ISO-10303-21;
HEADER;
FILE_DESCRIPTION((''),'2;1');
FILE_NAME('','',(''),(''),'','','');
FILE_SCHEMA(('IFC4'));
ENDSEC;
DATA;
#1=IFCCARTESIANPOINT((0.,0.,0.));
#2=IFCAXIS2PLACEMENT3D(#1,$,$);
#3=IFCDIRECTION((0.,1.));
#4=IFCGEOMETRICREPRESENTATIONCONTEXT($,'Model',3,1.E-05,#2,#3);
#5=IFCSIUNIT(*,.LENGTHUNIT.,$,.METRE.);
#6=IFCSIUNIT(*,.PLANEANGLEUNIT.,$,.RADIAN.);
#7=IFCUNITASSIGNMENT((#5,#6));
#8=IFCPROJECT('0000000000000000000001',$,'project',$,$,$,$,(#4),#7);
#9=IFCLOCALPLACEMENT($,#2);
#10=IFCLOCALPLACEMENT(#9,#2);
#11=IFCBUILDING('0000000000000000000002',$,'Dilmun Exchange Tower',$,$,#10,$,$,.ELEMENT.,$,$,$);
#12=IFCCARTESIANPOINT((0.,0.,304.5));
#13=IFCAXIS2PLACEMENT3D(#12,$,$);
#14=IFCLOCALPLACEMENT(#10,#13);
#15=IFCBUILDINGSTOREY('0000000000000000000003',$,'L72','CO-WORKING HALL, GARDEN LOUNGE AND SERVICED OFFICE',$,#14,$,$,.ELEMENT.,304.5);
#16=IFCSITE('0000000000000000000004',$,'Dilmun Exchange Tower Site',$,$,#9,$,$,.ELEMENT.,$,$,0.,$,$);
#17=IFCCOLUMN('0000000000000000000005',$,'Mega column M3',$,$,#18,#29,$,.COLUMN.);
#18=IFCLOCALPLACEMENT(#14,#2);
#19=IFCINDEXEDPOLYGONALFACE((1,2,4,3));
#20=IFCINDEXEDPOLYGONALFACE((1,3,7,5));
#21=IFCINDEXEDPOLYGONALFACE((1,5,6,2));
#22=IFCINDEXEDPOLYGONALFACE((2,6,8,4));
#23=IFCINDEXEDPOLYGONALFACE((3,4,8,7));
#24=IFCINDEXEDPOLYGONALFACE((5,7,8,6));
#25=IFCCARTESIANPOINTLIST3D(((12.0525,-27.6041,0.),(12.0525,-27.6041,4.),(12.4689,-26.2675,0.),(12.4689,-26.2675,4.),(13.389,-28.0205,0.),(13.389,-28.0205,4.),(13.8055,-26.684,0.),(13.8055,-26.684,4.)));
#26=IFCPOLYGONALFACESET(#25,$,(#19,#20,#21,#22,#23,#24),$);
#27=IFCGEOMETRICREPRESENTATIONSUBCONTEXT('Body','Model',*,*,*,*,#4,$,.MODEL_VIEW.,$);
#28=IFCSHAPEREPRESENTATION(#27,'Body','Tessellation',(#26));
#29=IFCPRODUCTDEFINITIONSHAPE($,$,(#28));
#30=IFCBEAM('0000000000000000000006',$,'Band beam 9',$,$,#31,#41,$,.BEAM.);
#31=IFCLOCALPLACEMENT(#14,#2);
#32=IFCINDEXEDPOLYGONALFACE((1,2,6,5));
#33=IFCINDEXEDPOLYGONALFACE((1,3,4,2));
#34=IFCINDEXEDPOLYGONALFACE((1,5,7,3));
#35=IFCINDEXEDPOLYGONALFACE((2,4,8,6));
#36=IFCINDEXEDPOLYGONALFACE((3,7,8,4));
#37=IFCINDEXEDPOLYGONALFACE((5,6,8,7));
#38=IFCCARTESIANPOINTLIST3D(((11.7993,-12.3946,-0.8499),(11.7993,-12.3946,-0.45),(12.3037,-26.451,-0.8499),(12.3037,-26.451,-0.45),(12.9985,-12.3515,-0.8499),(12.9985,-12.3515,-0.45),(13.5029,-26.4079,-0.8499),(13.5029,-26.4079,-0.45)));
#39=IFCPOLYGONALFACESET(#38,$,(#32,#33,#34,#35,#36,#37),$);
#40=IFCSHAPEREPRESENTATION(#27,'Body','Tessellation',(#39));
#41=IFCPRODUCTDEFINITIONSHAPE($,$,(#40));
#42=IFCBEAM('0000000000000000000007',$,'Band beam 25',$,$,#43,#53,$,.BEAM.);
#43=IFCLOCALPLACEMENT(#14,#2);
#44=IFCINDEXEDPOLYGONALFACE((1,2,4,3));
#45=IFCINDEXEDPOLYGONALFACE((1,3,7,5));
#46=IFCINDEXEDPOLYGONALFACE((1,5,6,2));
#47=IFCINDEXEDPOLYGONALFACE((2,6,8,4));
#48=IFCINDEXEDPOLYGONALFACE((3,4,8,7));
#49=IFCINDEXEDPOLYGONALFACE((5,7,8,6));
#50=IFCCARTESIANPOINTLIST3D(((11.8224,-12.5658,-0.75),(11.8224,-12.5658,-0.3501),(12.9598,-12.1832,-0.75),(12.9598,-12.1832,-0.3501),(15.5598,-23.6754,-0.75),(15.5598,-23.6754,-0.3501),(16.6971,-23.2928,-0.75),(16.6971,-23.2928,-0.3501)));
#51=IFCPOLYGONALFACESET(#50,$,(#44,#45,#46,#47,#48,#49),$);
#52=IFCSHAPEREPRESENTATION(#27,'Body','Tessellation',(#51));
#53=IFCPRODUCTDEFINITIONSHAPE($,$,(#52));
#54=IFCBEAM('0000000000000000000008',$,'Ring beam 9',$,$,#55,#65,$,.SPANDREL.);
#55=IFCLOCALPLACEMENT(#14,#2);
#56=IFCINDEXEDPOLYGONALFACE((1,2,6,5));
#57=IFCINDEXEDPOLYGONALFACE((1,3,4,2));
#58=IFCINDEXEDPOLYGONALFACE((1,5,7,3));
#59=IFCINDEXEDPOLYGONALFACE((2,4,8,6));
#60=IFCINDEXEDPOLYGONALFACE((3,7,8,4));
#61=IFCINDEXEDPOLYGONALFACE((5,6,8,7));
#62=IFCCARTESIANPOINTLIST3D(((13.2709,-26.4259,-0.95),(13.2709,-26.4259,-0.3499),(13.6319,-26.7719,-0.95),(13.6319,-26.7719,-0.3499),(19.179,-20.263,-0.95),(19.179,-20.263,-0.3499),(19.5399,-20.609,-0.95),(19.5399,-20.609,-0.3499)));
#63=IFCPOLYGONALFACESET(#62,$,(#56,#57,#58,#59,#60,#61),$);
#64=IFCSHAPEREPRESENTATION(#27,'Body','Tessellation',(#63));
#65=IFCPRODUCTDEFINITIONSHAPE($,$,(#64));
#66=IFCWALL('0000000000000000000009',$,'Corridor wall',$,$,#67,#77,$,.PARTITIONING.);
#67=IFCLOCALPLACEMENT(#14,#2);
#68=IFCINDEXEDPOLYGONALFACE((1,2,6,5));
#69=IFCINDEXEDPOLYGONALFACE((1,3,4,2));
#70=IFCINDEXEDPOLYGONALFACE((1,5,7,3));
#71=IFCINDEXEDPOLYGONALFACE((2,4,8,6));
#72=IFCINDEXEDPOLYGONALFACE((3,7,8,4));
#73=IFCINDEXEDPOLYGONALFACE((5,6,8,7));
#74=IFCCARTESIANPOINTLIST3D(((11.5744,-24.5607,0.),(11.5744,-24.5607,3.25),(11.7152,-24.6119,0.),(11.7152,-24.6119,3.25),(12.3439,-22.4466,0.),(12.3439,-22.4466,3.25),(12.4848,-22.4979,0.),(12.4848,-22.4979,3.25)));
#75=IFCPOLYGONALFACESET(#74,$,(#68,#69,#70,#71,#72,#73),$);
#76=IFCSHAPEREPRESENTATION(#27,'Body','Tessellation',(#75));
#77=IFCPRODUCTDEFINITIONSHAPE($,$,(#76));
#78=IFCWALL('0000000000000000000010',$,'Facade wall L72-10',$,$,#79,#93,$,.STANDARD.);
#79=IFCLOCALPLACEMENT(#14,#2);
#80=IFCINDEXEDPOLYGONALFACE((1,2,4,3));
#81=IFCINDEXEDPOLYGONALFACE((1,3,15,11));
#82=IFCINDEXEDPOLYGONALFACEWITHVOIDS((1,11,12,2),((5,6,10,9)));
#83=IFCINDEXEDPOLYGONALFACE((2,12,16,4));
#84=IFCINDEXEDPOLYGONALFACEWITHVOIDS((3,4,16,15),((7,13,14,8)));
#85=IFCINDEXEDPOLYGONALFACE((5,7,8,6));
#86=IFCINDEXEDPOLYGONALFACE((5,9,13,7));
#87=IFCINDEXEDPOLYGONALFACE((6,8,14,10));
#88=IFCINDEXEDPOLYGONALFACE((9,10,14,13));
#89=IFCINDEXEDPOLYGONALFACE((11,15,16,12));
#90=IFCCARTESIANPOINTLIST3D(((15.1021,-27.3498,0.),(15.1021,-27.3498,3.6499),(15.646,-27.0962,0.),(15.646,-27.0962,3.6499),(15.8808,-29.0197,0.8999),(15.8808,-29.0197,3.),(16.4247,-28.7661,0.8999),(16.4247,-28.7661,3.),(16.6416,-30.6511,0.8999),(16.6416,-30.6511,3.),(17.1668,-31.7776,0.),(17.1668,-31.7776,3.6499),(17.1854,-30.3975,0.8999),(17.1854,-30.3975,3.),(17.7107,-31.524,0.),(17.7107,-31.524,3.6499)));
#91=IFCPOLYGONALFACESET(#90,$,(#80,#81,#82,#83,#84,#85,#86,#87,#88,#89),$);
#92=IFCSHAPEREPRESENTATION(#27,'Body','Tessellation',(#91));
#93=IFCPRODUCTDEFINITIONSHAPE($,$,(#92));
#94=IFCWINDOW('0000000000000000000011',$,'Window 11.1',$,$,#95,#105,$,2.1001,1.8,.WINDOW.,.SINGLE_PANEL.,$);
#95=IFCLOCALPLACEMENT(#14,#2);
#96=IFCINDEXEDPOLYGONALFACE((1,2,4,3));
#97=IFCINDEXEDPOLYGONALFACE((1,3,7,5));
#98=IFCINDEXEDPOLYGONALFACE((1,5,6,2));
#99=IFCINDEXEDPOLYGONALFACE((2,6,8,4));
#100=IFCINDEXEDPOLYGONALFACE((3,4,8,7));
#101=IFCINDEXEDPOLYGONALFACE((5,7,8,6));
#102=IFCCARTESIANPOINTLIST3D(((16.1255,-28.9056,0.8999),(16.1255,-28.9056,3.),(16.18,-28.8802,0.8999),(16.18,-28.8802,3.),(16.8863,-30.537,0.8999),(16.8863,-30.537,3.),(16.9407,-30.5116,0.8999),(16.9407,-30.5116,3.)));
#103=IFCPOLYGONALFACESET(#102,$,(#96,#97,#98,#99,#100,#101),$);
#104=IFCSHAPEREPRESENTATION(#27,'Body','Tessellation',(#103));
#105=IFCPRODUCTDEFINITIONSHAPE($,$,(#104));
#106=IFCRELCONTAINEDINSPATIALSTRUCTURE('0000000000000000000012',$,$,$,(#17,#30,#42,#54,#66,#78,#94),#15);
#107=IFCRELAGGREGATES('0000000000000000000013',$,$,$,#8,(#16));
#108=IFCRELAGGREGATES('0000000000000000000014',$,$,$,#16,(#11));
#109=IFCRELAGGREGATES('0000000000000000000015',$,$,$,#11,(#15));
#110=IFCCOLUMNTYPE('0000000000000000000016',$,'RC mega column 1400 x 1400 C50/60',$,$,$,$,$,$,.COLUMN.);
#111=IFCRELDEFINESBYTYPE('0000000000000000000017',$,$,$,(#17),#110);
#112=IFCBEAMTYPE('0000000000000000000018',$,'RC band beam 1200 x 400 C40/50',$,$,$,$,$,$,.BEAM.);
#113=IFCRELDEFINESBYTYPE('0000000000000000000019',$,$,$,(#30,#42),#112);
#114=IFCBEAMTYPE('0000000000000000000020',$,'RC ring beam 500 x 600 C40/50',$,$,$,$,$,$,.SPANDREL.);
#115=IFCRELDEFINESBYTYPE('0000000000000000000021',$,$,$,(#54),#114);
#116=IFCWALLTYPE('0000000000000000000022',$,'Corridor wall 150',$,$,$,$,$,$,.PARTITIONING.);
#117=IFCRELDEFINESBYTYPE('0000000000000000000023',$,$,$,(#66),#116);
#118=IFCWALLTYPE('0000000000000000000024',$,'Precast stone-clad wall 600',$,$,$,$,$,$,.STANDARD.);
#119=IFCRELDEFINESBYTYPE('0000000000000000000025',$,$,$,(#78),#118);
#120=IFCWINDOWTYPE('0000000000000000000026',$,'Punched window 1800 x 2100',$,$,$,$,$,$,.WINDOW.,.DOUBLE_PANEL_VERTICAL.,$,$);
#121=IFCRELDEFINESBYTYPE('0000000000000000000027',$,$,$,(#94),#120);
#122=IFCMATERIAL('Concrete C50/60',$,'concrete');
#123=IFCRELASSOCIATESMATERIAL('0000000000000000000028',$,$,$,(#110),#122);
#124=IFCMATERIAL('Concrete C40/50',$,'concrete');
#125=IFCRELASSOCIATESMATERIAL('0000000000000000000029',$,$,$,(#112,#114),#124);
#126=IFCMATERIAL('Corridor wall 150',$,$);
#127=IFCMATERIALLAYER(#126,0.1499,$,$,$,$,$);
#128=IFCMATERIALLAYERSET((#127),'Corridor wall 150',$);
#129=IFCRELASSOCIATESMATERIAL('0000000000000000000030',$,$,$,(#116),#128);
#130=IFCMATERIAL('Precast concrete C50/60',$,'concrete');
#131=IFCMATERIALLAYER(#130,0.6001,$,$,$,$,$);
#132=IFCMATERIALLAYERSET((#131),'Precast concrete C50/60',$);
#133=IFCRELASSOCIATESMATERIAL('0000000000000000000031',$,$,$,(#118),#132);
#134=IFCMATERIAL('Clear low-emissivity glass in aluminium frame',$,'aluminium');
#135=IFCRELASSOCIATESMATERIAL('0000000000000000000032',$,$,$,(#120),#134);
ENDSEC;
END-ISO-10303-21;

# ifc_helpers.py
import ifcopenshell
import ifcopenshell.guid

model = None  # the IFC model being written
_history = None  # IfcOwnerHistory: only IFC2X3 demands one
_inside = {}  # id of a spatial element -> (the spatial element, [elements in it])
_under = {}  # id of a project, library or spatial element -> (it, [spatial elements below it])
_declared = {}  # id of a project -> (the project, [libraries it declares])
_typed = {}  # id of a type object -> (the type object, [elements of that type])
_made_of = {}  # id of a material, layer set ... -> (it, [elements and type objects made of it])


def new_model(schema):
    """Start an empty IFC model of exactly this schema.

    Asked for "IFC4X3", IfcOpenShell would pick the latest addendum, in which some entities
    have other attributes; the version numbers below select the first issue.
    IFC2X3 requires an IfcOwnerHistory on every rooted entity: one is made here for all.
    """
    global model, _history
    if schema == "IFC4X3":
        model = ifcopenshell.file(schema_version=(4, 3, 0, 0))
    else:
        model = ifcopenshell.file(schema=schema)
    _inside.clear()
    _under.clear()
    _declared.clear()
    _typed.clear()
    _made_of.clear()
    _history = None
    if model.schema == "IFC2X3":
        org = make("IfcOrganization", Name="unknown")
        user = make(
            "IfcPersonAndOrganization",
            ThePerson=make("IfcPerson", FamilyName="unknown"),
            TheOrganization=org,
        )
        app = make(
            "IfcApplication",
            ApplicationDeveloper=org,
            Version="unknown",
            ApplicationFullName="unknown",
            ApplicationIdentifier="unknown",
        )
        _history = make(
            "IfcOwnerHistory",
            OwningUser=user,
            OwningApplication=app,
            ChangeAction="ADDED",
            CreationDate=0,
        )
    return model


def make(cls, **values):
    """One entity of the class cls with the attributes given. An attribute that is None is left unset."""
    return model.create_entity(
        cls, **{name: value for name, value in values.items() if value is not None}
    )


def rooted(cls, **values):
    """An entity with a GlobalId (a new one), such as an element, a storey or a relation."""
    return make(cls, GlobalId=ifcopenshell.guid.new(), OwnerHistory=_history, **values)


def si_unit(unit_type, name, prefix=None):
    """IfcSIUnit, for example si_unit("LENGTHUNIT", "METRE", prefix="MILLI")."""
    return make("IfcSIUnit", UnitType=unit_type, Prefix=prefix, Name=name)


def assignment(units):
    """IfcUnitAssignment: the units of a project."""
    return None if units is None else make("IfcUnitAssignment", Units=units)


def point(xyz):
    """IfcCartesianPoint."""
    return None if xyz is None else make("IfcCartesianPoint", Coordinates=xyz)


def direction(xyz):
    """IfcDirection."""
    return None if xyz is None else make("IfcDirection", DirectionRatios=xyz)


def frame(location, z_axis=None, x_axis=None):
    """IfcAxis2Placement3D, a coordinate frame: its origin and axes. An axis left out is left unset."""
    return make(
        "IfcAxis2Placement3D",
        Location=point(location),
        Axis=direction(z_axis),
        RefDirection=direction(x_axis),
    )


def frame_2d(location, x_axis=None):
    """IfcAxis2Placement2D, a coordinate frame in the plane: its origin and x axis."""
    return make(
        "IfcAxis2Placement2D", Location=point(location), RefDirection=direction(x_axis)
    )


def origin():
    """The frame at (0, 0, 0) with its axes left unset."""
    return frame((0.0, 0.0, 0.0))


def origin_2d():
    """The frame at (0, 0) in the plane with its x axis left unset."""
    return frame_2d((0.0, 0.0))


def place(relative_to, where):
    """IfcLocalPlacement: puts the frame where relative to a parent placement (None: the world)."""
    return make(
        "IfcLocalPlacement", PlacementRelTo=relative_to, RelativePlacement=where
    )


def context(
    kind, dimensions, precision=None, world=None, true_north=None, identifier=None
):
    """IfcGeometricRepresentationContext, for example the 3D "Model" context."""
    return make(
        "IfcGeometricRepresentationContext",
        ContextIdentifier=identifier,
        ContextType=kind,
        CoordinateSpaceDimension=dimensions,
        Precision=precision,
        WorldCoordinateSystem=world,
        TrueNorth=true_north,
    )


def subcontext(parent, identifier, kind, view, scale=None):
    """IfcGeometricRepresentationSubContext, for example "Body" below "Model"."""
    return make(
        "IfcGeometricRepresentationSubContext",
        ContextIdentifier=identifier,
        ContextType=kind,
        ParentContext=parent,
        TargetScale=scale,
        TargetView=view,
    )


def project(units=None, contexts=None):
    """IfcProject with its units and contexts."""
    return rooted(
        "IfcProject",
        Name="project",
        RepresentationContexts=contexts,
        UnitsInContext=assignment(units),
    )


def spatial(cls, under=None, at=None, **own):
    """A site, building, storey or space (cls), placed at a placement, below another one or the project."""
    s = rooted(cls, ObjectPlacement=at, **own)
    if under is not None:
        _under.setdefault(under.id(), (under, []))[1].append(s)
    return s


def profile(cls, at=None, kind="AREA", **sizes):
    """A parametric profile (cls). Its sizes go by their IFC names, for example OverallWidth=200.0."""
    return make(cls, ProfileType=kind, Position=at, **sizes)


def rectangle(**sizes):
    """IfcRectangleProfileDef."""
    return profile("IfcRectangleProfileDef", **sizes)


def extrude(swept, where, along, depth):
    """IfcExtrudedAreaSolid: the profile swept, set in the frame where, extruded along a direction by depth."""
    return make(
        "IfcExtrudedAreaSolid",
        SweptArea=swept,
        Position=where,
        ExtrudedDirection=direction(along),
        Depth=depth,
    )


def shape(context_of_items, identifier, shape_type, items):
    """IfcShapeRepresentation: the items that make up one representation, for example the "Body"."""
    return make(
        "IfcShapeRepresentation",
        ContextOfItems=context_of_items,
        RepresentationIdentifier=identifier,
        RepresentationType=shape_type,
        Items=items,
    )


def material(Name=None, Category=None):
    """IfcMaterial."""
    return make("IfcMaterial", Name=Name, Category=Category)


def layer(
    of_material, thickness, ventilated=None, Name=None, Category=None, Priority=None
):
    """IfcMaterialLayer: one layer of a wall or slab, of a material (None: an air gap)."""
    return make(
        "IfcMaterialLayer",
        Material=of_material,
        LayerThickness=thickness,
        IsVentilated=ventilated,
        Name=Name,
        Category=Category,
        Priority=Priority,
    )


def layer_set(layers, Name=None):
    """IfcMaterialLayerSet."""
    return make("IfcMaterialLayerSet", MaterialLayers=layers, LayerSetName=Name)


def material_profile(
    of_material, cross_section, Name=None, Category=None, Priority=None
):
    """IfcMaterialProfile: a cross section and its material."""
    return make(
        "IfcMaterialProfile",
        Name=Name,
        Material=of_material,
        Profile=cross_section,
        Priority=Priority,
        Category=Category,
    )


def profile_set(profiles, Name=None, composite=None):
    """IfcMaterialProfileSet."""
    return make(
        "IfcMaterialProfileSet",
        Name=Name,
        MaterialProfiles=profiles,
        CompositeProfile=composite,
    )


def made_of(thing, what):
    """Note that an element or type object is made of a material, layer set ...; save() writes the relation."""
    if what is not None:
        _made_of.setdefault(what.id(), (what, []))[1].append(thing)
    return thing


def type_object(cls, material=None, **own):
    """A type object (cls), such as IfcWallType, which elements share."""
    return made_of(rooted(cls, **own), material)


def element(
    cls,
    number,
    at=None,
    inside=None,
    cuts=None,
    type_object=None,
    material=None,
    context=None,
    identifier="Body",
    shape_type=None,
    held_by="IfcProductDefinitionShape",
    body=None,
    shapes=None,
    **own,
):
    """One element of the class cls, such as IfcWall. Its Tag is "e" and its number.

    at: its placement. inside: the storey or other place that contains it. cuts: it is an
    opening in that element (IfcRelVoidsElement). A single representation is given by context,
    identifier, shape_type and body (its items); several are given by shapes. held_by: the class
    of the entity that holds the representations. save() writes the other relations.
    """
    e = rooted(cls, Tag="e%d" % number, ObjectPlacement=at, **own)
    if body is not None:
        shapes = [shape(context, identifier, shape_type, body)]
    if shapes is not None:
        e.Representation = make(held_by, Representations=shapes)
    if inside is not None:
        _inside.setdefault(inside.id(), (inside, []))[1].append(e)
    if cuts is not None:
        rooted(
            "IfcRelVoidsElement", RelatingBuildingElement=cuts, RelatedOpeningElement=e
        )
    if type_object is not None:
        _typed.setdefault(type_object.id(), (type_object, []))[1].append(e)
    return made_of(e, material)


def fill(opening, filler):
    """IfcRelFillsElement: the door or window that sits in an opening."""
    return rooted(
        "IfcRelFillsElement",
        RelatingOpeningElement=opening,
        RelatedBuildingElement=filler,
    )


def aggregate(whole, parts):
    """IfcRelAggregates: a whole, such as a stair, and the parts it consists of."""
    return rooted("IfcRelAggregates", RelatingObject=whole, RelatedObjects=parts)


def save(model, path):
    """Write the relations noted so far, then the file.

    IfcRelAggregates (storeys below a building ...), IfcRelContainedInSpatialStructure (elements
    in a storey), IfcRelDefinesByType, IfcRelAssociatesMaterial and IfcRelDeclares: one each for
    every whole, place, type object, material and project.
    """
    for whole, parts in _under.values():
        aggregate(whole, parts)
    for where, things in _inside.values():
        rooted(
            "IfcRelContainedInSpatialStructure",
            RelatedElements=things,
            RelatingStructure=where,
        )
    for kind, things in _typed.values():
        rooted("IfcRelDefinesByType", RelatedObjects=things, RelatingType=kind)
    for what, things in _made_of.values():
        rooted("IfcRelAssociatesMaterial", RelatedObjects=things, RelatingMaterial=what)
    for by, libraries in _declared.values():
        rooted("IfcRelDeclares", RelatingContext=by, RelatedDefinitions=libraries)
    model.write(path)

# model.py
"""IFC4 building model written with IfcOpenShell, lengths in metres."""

from ifc_helpers import new_model, si_unit, direction, frame, frame_2d, origin, origin_2d, place, context, subcontext, project, spatial, rectangle, extrude, material, layer, layer_set, material_profile, profile_set, type_object, element, fill, save


model = new_model("IFC4")

# Units and contexts
model_context = context("Model", 3, precision=1e-05, world=origin(), true_north=direction((0.0, 1.0)))
body_context = subcontext(model_context, "Body", "Model", "MODEL_VIEW")
ifc_project = project(units=[si_unit("LENGTHUNIT", "METRE"), si_unit("PLANEANGLEUNIT", "RADIAN")], contexts=[model_context])

# Site, building, storey
site_placement = place(None, origin())
site = spatial("IfcSite", under=ifc_project, at=site_placement, Name="Dilmun Exchange Tower Site", CompositionType="ELEMENT", RefElevation=0.0)
building_placement = place(site_placement, origin())
building = spatial("IfcBuilding", under=site, at=building_placement, Name="Dilmun Exchange Tower", CompositionType="ELEMENT")
storey_placement = place(building_placement, frame((0.0, 0.0, 304.5)))
storey = spatial("IfcBuildingStorey", under=building, at=storey_placement, Name="L72", Description="CO-WORKING HALL, GARDEN LOUNGE AND SERVICED OFFICE", CompositionType="ELEMENT", Elevation=304.5)

# Column
ifc_material_1 = material(Name="Concrete C50/60", Category="concrete")
ifc_material_profile_1 = material_profile(ifc_material_1, rectangle(XDim=1.3999, YDim=1.3999, at=origin_2d()), Name="1400 x 1400")
ifc_profile_set_1 = profile_set([ifc_material_profile_1], Name="Concrete C50/60")
column_type = type_object("IfcColumnType", Name="RC mega column 1400 x 1400 C50/60", PredefinedType="COLUMN", material=ifc_profile_set_1)
column_placement = place(storey_placement, frame((12.929, -27.144, 0.0), z_axis=(0.0, 0.0, 1.0), x_axis=(0.297503, 0.954721, 0.0)))
element("IfcColumn", 1, at=column_placement, inside=storey, type_object=column_type, Name="Mega column M3", PredefinedType="COLUMN", context=body_context, shape_type="SweptSolid", body=[
    extrude(rectangle(XDim=1.3999, YDim=1.3999, at=origin_2d()), origin(), (0.0, 0.0, 1.0), 4.0),
])

# Beams
ifc_material_2 = material(Name="Concrete C40/50", Category="concrete")
ifc_material_profile_2 = material_profile(ifc_material_2, rectangle(XDim=1.2, YDim=0.3999, at=origin_2d()), Name="1200 x 400")
ifc_profile_set_2 = profile_set([ifc_material_profile_2], Name="Concrete C40/50")
beam_type_1 = type_object("IfcBeamType", Name="RC band beam 1200 x 400 C40/50", PredefinedType="BEAM", material=ifc_profile_set_2)
beam_1_placement = place(storey_placement, frame((12.9033, -26.4294, -0.6499), z_axis=(-0.035861, 0.999357, 0.0), x_axis=(-0.999357, -0.035861, 0.0)))
element("IfcBeam", 2, at=beam_1_placement, inside=storey, type_object=beam_type_1, Name="Band beam 9", PredefinedType="BEAM", context=body_context, shape_type="SweptSolid", body=[
    extrude(rectangle(XDim=1.2, YDim=0.3999, at=origin_2d()), origin(), (0.0, 0.0, 1.0), 14.0654),
])
beam_2_placement = place(storey_placement, frame((16.1284, -23.4841, -0.55), z_axis=(-0.318845, 0.947807, 0.0), x_axis=(-0.947807, -0.318845, 0.0)))
element("IfcBeam", 3, at=beam_2_placement, inside=storey, type_object=beam_type_1, Name="Band beam 25", PredefinedType="BEAM", context=body_context, shape_type="SweptSolid", body=[
    extrude(rectangle(XDim=1.2, YDim=0.3999, at=origin_2d()), origin(), (0.0, 0.0, 1.0), 11.7214),
])
ifc_material_profile_3 = material_profile(ifc_material_2, rectangle(XDim=0.5, YDim=0.6001, at=origin_2d()), Name="500 x 600")
ifc_profile_set_3 = profile_set([ifc_material_profile_3], Name="Concrete C40/50")
beam_type_2 = type_object("IfcBeamType", Name="RC ring beam 500 x 600 C40/50", PredefinedType="SPANDREL", material=ifc_profile_set_3)
beam_3_placement = place(storey_placement, frame((13.4514, -26.5989, -0.6499), z_axis=(0.692022, 0.721877, 0.0), x_axis=(-0.721877, 0.692022, 0.0)))
element("IfcBeam", 4, at=beam_3_placement, inside=storey, type_object=beam_type_2, Name="Ring beam 9", PredefinedType="SPANDREL", context=body_context, shape_type="SweptSolid", body=[
    extrude(rectangle(XDim=0.5, YDim=0.6001, at=origin_2d()), origin(), (0.0, 0.0, 1.0), 8.5374),
])

# Wall
ifc_material_3 = material(Name="Corridor wall 150")
ifc_layer_1 = layer(ifc_material_3, 0.1499)
ifc_layer_set_1 = layer_set([ifc_layer_1], Name="Corridor wall 150")
wall_type_1 = type_object("IfcWallType", Name="Corridor wall 150", PredefinedType="PARTITIONING", material=ifc_layer_set_1)
wall_1_placement = place(storey_placement, frame((11.6448, -24.5864, 0.0), z_axis=(0.0, 0.0, 1.0), x_axis=(0.342057, 0.939679, 0.0)))
element("IfcWall", 5, at=wall_1_placement, inside=storey, type_object=wall_type_1, Name="Corridor wall", PredefinedType="PARTITIONING", context=body_context, shape_type="SweptSolid", body=[
    extrude(rectangle(XDim=2.2498, YDim=0.1499, at=frame_2d((1.125, 0.0))), origin(), (0.0, 0.0, 1.0), 3.25),
])

# Wall, opening, window
ifc_material_4 = material(Name="Precast concrete C50/60", Category="concrete")
ifc_layer_2 = layer(ifc_material_4, 0.6001)
ifc_layer_set_2 = layer_set([ifc_layer_2], Name="Precast concrete C50/60")
wall_type_2 = type_object("IfcWallType", Name="Precast stone-clad wall 600", PredefinedType="STANDARD", material=ifc_layer_set_2)
wall_2_placement = place(storey_placement, frame((15.374, -27.2229, 0.0), z_axis=(0.0, 0.0, 1.0), x_axis=(0.42262, -0.906307, 0.0)))
wall_2 = element("IfcWall", 6, at=wall_2_placement, inside=storey, type_object=wall_type_2, Name="Facade wall L72-10", PredefinedType="STANDARD", context=body_context, shape_type="SweptSolid", body=[
    extrude(rectangle(XDim=4.8855, YDim=0.6001, at=frame_2d((2.4429, 0.0))), origin(), (0.0, 0.0, 1.0), 3.6499),
])
opening_1_placement = place(wall_2_placement, frame((1.8428, 0.0, 0.8999)))
opening_1 = element("IfcOpeningElement", 7, at=opening_1_placement, cuts=wall_2, PredefinedType="OPENING", context=body_context, shape_type="SweptSolid", body=[
    extrude(rectangle(XDim=1.8, YDim=2.1001, at=frame_2d((0.8999, 1.05))), frame((0.0, 0.3101, 0.0), z_axis=(0.0, -1.0, 0.0), x_axis=(1.0, 0.0, 0.0)), (0.0, 0.0, 1.0), 0.6201),
])
ifc_material_5 = material(Name="Clear low-emissivity glass in aluminium frame", Category="aluminium")
window_type_1 = type_object("IfcWindowType", Name="Punched window 1800 x 2100", PartitioningType="DOUBLE_PANEL_VERTICAL", PredefinedType="WINDOW", material=ifc_material_5)
window_1_placement = place(opening_1_placement, origin())
window_1 = element("IfcWindow", 8, at=window_1_placement, inside=storey, type_object=window_type_1, Name="Window 11.1", OverallHeight=2.1001, OverallWidth=1.8, PartitioningType="SINGLE_PANEL", PredefinedType="WINDOW", context=body_context, shape_type="SweptSolid", body=[
    extrude(rectangle(XDim=1.8, YDim=2.1001, at=frame_2d((0.8999, 1.05))), frame((0.0, 0.03, 0.0), z_axis=(0.0, -1.0, 0.0), x_axis=(1.0, 0.0, 0.0)), (0.0, 0.0, 1.0), 0.0601),
])
fill(opening_1, window_1)

save(model, "model.ifc")
